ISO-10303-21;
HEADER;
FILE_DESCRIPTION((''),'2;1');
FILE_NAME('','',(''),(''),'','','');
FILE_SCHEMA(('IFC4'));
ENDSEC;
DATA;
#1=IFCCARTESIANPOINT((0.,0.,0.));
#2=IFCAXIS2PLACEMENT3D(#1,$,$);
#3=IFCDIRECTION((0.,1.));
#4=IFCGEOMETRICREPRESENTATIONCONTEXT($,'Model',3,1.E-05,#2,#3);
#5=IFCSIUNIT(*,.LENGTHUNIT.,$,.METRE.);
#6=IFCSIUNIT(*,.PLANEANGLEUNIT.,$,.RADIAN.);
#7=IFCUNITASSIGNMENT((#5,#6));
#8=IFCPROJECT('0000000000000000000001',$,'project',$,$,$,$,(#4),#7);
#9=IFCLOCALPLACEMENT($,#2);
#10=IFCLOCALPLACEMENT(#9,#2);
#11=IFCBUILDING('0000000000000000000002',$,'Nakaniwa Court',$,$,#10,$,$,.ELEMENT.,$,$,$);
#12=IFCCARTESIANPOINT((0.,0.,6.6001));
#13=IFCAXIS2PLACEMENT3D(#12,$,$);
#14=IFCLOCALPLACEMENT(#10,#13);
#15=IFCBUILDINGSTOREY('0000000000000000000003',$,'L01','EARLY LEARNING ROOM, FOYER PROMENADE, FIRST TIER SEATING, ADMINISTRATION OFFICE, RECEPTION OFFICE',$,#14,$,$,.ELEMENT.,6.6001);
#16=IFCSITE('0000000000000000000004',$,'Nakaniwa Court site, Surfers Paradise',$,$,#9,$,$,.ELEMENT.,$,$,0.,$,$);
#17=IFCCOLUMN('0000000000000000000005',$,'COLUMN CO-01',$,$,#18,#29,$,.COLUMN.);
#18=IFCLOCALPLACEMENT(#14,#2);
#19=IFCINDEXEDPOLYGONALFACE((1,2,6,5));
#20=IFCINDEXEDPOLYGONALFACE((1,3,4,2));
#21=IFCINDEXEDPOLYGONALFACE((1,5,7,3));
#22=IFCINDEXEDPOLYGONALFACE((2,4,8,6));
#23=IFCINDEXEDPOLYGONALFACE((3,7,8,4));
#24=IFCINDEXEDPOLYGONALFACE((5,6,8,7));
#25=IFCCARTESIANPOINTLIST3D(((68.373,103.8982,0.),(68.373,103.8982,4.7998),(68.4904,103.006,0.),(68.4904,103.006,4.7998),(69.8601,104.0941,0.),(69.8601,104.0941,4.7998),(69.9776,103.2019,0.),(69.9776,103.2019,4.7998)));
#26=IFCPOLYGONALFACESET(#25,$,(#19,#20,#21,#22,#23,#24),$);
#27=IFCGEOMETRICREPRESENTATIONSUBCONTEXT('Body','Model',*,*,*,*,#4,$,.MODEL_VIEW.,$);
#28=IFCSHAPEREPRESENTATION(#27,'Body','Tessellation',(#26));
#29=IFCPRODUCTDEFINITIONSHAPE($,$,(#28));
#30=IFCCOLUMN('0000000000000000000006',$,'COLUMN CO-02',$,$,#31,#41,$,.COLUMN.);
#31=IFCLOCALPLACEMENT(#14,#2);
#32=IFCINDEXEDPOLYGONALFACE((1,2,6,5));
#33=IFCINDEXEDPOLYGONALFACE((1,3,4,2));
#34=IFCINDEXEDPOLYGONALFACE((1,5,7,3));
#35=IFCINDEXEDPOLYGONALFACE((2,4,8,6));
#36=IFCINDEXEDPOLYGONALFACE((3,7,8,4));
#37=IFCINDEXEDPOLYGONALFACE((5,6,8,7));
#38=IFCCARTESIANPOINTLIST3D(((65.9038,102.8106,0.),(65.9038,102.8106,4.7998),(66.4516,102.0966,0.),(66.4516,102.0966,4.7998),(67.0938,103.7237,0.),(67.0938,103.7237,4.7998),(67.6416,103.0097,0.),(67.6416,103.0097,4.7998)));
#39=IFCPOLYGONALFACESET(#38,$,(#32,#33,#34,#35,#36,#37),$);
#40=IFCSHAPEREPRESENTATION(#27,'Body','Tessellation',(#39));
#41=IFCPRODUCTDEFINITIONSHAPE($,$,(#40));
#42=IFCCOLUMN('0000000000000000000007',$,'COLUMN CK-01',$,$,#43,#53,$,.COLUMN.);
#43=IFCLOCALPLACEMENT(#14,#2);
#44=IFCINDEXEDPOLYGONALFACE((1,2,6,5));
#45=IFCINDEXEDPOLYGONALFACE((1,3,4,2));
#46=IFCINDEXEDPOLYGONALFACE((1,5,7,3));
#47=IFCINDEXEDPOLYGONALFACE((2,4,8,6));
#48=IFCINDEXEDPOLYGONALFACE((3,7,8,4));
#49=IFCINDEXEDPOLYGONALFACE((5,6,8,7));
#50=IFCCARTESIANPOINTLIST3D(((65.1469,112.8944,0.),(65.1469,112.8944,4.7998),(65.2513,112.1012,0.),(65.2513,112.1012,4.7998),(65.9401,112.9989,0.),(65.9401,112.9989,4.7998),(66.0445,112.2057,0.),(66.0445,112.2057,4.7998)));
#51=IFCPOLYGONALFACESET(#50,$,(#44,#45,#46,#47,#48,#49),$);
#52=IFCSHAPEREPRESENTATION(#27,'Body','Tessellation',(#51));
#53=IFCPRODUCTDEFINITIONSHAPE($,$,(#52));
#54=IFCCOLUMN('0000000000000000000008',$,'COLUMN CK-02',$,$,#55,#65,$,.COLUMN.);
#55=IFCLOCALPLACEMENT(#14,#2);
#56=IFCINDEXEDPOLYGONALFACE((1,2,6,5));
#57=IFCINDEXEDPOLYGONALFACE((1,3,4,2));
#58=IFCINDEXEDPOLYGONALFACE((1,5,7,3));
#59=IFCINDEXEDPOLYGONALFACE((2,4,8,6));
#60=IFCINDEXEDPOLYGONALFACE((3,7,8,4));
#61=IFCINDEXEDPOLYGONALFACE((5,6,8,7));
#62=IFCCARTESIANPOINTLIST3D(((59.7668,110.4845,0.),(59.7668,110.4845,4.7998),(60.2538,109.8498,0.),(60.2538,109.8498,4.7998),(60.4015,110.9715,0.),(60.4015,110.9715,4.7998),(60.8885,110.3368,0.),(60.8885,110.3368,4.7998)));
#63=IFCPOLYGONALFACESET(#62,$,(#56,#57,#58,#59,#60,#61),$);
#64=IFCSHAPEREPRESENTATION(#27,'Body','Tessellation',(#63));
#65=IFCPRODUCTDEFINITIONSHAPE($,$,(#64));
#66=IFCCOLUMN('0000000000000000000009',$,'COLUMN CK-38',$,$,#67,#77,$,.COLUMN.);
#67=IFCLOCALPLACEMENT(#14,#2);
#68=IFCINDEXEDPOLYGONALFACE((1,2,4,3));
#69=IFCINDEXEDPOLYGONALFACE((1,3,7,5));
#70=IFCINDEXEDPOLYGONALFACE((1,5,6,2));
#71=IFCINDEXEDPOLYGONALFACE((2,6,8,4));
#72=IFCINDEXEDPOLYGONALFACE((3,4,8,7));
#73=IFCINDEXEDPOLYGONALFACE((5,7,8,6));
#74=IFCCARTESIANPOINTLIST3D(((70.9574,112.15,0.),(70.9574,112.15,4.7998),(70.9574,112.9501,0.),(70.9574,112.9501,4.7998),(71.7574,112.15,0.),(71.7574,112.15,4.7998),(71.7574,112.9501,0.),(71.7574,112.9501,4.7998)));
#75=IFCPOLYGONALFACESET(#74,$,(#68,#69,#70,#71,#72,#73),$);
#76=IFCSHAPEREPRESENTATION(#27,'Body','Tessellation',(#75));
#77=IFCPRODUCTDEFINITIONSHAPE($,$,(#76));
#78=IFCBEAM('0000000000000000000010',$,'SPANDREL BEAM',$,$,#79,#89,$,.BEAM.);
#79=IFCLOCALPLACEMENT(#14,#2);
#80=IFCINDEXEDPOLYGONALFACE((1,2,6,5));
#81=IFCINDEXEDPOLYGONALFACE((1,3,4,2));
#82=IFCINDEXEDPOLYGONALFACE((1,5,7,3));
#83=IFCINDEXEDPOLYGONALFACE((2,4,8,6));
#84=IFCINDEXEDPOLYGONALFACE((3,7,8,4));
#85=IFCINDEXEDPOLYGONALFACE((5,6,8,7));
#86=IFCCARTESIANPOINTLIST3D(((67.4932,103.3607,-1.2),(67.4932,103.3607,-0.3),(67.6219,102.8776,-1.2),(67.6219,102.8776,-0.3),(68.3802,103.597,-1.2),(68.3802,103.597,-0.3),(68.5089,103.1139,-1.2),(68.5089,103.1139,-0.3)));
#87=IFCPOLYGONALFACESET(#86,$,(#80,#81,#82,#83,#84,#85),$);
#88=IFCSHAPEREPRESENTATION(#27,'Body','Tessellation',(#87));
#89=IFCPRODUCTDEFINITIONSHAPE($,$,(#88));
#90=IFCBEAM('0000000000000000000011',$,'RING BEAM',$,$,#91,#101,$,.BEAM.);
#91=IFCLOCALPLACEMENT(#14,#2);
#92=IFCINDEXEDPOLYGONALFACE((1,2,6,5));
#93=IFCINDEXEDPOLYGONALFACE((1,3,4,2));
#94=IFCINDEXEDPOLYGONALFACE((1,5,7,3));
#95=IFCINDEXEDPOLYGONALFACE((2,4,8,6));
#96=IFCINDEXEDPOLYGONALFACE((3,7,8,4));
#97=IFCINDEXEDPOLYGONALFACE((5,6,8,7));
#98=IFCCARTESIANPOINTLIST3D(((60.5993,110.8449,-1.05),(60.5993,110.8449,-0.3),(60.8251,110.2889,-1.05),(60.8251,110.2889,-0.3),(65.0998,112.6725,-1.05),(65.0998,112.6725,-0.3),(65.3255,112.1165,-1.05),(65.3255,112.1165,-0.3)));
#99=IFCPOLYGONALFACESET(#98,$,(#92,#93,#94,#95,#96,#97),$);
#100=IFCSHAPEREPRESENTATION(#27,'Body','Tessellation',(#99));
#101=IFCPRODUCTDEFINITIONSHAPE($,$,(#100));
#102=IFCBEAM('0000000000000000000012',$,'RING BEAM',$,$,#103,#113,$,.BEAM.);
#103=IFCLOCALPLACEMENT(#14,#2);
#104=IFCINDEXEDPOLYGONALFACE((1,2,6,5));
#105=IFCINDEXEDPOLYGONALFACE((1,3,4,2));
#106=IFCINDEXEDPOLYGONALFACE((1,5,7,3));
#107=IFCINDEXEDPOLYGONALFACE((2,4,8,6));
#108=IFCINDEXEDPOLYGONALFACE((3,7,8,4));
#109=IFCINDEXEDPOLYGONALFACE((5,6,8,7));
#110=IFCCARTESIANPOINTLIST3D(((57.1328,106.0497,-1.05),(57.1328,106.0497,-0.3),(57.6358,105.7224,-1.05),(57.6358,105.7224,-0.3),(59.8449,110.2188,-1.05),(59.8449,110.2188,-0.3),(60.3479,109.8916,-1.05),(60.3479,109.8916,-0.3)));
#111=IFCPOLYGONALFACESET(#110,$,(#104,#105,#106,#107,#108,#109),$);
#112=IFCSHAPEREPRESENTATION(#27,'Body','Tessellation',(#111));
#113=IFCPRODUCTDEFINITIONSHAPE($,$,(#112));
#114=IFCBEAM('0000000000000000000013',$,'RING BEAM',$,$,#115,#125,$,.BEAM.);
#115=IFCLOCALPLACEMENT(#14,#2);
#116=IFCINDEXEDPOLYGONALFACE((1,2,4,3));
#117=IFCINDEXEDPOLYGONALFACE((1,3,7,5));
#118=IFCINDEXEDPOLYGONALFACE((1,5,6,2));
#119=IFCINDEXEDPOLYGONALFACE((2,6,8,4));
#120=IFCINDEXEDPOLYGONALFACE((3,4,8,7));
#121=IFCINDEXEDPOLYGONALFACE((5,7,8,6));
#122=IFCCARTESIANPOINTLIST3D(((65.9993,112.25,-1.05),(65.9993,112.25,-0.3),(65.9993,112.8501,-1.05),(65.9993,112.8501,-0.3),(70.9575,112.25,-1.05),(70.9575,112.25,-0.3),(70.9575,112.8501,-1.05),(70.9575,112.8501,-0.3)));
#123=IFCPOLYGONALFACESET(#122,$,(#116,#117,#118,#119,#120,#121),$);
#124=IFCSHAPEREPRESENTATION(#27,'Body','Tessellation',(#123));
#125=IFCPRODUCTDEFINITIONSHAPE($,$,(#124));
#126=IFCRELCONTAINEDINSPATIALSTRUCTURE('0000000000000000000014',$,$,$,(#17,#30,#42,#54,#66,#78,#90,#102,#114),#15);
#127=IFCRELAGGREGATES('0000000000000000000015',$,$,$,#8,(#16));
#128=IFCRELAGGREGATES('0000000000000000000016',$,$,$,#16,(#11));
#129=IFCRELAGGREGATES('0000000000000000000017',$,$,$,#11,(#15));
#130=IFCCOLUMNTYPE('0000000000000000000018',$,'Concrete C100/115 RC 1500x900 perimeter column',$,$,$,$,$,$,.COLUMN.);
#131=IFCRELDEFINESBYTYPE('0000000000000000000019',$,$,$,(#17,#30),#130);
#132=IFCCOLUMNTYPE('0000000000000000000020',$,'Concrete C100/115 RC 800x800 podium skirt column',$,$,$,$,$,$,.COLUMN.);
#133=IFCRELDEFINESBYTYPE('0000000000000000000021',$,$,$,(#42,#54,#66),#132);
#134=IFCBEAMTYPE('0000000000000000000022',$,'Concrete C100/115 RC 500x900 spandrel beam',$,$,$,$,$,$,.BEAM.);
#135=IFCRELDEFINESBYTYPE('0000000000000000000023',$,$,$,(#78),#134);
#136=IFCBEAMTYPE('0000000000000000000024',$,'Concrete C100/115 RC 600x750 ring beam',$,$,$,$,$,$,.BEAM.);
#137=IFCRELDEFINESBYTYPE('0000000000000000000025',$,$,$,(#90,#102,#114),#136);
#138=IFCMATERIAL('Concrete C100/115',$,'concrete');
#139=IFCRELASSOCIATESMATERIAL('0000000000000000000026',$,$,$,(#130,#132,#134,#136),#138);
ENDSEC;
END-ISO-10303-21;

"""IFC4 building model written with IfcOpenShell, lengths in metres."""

from ifc_helpers import new_model, si_unit, direction, frame, origin, origin_2d, place, context, subcontext, project, spatial, rectangle, extrude, material, material_profile, profile_set, type_object, element, save


model = new_model("IFC4")

# Units and contexts
model_context = context("Model", 3, precision=1e-05, world=origin(), true_north=direction((0.0, 1.0)))
body_context = subcontext(model_context, "Body", "Model", "MODEL_VIEW")
ifc_project = project(units=[si_unit("LENGTHUNIT", "METRE"), si_unit("PLANEANGLEUNIT", "RADIAN")], contexts=[model_context])

# Site, building, storey
site_placement = place(None, origin())
site = spatial("IfcSite", under=ifc_project, at=site_placement, Name="Nakaniwa Court site, Surfers Paradise", CompositionType="ELEMENT", RefElevation=0.0)
building_placement = place(site_placement, origin())
building = spatial("IfcBuilding", under=site, at=building_placement, Name="Nakaniwa Court", CompositionType="ELEMENT")
storey_placement = place(building_placement, frame((0.0, 0.0, 6.6001)))
storey = spatial("IfcBuildingStorey", under=building, at=storey_placement, Name="L01", Description="EARLY LEARNING ROOM, FOYER PROMENADE, FIRST TIER SEATING, ADMINISTRATION OFFICE, RECEPTION OFFICE", CompositionType="ELEMENT", Elevation=6.6001)

# Columns
ifc_material_1 = material(Name="Concrete C100/115", Category="concrete")
ifc_material_profile_1 = material_profile(ifc_material_1, rectangle(XDim=1.5, YDim=0.8999, at=origin_2d()), Name="Concrete C100/115 RC 1500x900 perimeter column")
ifc_profile_set_1 = profile_set([ifc_material_profile_1], Name="Concrete C100/115")
column_type_1 = type_object("IfcColumnType", Name="Concrete C100/115 RC 1500x900 perimeter column", PredefinedType="COLUMN", material=ifc_profile_set_1)
for number, where, z_axis, x_axis, name in (
    (1, (69.1753, 103.55, 0.0), (0.0, 0.0, 1.0), (-0.991443, -0.130543, 0.0), "COLUMN CO-01"),
    (2, (66.7727, 102.9102, 0.0), (0.0, 0.0, 1.0), (-0.793364, -0.608748, 0.0), "COLUMN CO-02"),
):
    element("IfcColumn", number, at=place(storey_placement, frame(where, z_axis=z_axis, x_axis=x_axis)), inside=storey, type_object=column_type_1, Name=name, PredefinedType="COLUMN", context=body_context, shape_type="SweptSolid", body=[
        extrude(rectangle(XDim=1.5, YDim=0.8999, at=origin_2d()), origin(), (0.0, 0.0, 1.0), 4.7998),
    ])
ifc_material_profile_2 = material_profile(ifc_material_1, rectangle(XDim=0.8, YDim=0.8, at=origin_2d()), Name="Concrete C100/115 RC 800x800 podium skirt column")
ifc_profile_set_2 = profile_set([ifc_material_profile_2], Name="Concrete C100/115")
column_type_2 = type_object("IfcColumnType", Name="Concrete C100/115 RC 800x800 podium skirt column", PredefinedType="COLUMN", material=ifc_profile_set_2)
for number, where, z_axis, x_axis, name in (
    (3, (65.5957, 112.55, 0.0), (0.0, 0.0, 1.0), (-0.991445, -0.130526, 0.0), "COLUMN CK-01"),
    (4, (60.3276, 110.4106, 0.0), (0.0, 0.0, 1.0), (-0.793353, -0.608761, 0.0), "COLUMN CK-02"),
    (5, (71.3574, 112.55, 0.0), (0.0, 0.0, 1.0), (-1.0, 0.0, 0.0), "COLUMN CK-38"),
):
    element("IfcColumn", number, at=place(storey_placement, frame(where, z_axis=z_axis, x_axis=x_axis)), inside=storey, type_object=column_type_2, Name=name, PredefinedType="COLUMN", context=body_context, shape_type="SweptSolid", body=[
        extrude(rectangle(XDim=0.8, YDim=0.8, at=origin_2d()), origin(), (0.0, 0.0, 1.0), 4.7998),
    ])

# Beams
ifc_material_profile_3 = material_profile(ifc_material_1, rectangle(XDim=0.5, YDim=0.8999, at=origin_2d()), Name="Concrete C100/115 RC 500x900 spandrel beam")
ifc_profile_set_3 = profile_set([ifc_material_profile_3], Name="Concrete C100/115")
beam_type_1 = type_object("IfcBeamType", Name="Concrete C100/115 RC 500x900 spandrel beam", PredefinedType="BEAM", material=ifc_profile_set_3)
beam_1_placement = place(storey_placement, frame((68.4446, 103.3555, -0.75), z_axis=(-0.966288, -0.257464, 0.0), x_axis=(0.257464, -0.966288, 0.0)))
element("IfcBeam", 6, at=beam_1_placement, inside=storey, type_object=beam_type_1, Name="SPANDREL BEAM", PredefinedType="BEAM", context=body_context, shape_type="SweptSolid", body=[
    extrude(rectangle(XDim=0.5, YDim=0.8999, at=origin_2d()), origin(), (0.0, 0.0, 1.0), 0.918),
])
ifc_material_profile_4 = material_profile(ifc_material_1, rectangle(XDim=0.6001, YDim=0.75, at=origin_2d()), Name="Concrete C100/115 RC 600x750 ring beam")
ifc_profile_set_4 = profile_set([ifc_material_profile_4], Name="Concrete C100/115")
beam_type_2 = type_object("IfcBeamType", Name="Concrete C100/115 RC 600x750 ring beam", PredefinedType="BEAM", material=ifc_profile_set_4)
beam_2_placement = place(storey_placement, frame((65.2126, 112.3945, -0.675), z_axis=(-0.926516, -0.376256, 0.0), x_axis=(0.376256, -0.926516, 0.0)))
element("IfcBeam", 7, at=beam_2_placement, inside=storey, type_object=beam_type_2, Name="RING BEAM", PredefinedType="BEAM", context=body_context, shape_type="SweptSolid", body=[
    extrude(rectangle(XDim=0.6001, YDim=0.75, at=origin_2d()), origin(), (0.0, 0.0, 1.0), 4.8574),
])
beam_3_placement = place(storey_placement, frame((60.0964, 110.0552, -0.675), z_axis=(-0.545297, -0.838243, 0.0), x_axis=(0.838243, -0.545297, 0.0)))
element("IfcBeam", 8, at=beam_3_placement, inside=storey, type_object=beam_type_2, Name="RING BEAM", PredefinedType="BEAM", context=body_context, shape_type="SweptSolid", body=[
    extrude(rectangle(XDim=0.6001, YDim=0.75, at=origin_2d()), origin(), (0.0, 0.0, 1.0), 4.9736),
])
beam_4_placement = place(storey_placement, frame((70.9575, 112.55, -0.675), z_axis=(-1.0, 0.0, 0.0), x_axis=(0.0, -1.0, 0.0)))
element("IfcBeam", 9, at=beam_4_placement, inside=storey, type_object=beam_type_2, Name="RING BEAM", PredefinedType="BEAM", context=body_context, shape_type="SweptSolid", body=[
    extrude(rectangle(XDim=0.6001, YDim=0.75, at=origin_2d()), origin(), (0.0, 0.0, 1.0), 4.9583),
])

save(model, "model.ifc")
